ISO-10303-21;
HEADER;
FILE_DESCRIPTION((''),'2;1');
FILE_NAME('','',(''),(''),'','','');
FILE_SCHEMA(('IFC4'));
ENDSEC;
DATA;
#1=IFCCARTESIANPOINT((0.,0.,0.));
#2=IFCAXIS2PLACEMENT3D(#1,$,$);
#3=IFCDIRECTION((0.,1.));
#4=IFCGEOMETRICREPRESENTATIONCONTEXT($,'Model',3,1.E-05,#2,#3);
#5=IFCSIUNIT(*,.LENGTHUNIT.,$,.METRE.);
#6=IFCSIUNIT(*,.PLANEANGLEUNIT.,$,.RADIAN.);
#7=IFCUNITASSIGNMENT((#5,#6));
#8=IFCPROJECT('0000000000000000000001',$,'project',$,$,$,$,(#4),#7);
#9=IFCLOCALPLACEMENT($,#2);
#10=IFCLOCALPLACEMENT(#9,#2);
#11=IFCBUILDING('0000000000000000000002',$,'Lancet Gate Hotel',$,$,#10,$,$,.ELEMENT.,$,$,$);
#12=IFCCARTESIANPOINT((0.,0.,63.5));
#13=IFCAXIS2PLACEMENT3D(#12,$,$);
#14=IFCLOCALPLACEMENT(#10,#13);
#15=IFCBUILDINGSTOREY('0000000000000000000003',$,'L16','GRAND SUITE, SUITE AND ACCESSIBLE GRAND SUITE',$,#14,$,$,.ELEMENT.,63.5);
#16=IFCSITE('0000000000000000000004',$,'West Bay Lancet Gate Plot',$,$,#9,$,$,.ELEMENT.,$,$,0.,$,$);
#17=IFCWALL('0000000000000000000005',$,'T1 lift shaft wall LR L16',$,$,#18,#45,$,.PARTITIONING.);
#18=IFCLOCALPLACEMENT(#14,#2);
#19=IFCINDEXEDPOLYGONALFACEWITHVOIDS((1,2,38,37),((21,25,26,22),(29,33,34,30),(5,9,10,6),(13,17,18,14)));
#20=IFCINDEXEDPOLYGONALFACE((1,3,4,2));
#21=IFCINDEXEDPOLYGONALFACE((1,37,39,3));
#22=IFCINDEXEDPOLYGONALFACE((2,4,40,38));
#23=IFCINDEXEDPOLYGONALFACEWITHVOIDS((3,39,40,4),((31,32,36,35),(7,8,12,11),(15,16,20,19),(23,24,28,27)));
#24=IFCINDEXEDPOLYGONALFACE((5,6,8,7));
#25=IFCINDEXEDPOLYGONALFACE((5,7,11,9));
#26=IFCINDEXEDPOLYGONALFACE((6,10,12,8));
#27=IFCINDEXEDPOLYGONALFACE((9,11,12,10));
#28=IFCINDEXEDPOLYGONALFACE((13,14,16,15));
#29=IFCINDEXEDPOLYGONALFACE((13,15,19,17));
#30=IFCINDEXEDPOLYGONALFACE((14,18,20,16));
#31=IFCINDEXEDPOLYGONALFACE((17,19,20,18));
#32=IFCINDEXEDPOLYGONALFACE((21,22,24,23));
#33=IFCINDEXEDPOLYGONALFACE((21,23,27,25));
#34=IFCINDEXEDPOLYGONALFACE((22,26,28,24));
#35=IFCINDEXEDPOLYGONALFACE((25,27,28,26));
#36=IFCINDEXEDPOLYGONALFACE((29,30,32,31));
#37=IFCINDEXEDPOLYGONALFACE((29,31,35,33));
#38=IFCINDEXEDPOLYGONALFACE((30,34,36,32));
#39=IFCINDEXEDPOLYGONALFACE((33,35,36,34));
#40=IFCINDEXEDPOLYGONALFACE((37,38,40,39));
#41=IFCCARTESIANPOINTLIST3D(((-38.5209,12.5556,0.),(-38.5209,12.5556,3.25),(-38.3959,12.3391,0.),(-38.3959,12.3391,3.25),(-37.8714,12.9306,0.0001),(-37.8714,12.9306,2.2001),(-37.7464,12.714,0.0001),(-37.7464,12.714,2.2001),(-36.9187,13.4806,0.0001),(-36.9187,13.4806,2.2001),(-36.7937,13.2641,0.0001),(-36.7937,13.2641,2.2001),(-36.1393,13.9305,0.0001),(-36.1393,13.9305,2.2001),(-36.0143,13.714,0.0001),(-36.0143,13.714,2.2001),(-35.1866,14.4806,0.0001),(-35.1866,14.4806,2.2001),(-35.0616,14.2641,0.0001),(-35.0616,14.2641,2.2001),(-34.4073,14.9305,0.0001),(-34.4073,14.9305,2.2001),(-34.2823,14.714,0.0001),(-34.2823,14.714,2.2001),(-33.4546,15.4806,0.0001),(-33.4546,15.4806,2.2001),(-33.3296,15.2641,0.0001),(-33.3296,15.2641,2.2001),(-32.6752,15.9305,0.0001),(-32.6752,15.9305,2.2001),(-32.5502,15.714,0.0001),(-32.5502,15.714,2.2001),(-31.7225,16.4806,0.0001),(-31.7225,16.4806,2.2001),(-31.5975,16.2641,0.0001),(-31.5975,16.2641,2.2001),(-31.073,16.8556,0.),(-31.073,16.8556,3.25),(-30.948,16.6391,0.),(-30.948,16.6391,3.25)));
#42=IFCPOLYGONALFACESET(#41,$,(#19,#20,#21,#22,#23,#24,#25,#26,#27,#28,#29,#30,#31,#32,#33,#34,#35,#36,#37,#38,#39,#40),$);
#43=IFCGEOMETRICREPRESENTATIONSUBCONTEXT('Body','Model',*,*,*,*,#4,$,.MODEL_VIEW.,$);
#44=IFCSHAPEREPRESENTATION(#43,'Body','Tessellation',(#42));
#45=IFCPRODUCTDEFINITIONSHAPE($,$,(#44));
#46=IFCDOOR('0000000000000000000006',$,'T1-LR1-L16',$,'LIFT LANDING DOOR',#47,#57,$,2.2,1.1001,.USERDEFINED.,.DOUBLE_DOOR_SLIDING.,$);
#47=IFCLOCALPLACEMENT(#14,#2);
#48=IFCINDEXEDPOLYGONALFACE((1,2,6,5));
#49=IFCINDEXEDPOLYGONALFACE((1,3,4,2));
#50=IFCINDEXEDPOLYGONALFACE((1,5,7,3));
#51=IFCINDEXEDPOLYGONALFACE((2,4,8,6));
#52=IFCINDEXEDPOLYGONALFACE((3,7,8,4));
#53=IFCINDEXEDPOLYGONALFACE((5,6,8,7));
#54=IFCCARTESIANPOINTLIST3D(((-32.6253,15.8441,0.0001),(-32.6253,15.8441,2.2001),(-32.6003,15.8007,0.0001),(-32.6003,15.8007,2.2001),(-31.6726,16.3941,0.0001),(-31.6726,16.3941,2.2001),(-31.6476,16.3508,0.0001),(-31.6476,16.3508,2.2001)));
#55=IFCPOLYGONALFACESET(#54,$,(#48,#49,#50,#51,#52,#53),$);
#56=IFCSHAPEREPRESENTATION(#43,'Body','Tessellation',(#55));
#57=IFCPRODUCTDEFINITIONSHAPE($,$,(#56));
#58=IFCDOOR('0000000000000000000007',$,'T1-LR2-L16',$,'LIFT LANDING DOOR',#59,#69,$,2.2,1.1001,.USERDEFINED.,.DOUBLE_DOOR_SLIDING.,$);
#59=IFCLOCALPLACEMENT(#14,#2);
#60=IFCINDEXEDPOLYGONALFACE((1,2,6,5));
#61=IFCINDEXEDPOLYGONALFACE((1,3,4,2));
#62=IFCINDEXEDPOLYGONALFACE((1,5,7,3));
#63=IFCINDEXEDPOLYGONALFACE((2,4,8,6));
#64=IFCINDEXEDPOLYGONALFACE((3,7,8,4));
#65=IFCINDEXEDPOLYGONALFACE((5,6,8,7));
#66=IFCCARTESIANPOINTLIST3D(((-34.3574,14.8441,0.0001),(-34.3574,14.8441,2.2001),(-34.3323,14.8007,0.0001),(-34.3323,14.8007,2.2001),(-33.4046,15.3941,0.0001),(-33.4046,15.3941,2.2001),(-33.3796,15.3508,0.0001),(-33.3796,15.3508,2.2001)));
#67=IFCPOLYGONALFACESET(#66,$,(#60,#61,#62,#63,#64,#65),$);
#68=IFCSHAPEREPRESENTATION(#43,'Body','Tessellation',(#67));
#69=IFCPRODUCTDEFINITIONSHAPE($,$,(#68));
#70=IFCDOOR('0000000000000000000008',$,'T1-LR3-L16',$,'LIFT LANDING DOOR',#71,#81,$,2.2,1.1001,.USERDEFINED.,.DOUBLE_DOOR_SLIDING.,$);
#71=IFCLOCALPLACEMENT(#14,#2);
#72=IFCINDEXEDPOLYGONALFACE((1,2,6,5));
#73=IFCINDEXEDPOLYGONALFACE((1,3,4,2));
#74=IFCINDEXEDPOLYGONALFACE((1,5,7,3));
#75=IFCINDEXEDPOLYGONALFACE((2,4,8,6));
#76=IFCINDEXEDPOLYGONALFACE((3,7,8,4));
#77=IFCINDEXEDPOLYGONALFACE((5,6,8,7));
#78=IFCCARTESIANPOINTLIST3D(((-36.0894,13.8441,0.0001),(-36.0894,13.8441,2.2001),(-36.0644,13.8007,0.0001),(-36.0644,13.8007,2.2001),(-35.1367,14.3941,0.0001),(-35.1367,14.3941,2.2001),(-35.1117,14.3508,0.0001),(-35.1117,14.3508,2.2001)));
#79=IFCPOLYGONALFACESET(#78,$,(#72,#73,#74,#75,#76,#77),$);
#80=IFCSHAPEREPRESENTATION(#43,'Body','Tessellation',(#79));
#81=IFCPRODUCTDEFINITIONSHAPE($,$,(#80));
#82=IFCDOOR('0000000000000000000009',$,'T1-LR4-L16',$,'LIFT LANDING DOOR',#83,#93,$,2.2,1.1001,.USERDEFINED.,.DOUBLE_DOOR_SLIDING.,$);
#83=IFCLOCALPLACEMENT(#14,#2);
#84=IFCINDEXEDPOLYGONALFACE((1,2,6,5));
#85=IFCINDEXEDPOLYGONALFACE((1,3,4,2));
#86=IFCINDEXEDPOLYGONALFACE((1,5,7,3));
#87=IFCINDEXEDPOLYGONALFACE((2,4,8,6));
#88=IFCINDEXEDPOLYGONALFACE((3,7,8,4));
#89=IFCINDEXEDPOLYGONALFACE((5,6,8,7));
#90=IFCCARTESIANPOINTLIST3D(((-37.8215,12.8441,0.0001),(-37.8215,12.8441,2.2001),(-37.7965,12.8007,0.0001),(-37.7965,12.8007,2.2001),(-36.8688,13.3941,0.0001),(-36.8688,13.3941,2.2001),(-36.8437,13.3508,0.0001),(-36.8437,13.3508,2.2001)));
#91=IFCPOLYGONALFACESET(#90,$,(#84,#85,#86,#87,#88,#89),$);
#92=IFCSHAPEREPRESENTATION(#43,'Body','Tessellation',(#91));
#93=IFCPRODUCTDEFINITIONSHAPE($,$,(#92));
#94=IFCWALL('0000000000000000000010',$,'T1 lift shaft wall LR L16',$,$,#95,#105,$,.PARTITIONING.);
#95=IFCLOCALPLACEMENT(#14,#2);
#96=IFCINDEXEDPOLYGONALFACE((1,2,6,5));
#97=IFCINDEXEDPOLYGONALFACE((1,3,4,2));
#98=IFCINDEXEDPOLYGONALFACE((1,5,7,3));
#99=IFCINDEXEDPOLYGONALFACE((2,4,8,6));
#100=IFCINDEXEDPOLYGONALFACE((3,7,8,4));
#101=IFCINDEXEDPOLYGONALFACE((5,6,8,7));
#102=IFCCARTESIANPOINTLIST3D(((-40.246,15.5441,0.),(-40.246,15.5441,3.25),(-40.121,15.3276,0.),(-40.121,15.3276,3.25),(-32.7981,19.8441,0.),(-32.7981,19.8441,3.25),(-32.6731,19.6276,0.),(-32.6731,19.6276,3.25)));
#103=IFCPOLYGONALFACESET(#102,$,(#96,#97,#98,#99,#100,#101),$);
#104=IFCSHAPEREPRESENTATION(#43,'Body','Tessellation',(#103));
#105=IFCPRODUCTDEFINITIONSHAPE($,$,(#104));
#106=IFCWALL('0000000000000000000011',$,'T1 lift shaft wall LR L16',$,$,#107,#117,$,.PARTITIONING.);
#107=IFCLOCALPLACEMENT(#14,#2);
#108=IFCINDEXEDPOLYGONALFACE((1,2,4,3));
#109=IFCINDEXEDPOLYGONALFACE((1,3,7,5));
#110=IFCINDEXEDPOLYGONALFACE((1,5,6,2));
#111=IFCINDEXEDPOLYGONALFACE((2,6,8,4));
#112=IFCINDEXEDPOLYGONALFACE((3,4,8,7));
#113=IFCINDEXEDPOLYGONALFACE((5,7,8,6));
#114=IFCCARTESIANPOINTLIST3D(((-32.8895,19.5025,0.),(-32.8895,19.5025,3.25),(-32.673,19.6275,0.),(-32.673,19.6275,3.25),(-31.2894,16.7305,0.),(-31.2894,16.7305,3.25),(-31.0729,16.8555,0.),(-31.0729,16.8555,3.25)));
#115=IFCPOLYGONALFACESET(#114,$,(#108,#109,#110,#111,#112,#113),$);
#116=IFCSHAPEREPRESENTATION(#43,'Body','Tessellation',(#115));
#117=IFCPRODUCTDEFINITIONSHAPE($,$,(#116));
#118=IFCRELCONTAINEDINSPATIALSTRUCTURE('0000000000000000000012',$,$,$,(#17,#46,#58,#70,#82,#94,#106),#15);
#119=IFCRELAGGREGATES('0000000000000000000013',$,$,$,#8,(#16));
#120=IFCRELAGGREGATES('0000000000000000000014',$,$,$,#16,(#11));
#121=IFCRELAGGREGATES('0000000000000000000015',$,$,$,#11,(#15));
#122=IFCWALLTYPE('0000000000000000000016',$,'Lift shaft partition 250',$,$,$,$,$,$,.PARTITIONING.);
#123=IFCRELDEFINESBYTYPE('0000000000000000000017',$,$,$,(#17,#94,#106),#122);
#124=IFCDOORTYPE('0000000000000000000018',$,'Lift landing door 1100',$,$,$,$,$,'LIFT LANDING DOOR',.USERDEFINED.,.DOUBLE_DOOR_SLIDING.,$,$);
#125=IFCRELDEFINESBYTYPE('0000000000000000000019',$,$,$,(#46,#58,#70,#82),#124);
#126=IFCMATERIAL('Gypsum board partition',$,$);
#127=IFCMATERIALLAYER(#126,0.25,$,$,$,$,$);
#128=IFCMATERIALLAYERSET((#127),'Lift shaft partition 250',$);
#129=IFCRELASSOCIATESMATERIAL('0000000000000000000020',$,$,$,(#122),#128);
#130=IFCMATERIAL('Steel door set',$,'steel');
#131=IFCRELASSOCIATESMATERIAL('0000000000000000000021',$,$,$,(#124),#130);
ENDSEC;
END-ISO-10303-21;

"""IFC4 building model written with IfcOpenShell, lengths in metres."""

from ifc_helpers import new_model, si_unit, direction, frame, frame_2d, origin, place, context, subcontext, project, spatial, rectangle, extrude, material, layer, layer_set, type_object, element, fill, save


model = new_model("IFC4")

# Units and contexts
model_context = context("Model", 3, precision=1e-05, world=origin(), true_north=direction((0.0, 1.0)))
body_context = subcontext(model_context, "Body", "Model", "MODEL_VIEW")
ifc_project = project(units=[si_unit("LENGTHUNIT", "METRE"), si_unit("PLANEANGLEUNIT", "RADIAN")], contexts=[model_context])

# Site, building, storey
site_placement = place(None, origin())
site = spatial("IfcSite", under=ifc_project, at=site_placement, Name="West Bay Lancet Gate Plot", CompositionType="ELEMENT", RefElevation=0.0)
building_placement = place(site_placement, origin())
building = spatial("IfcBuilding", under=site, at=building_placement, Name="Lancet Gate Hotel", CompositionType="ELEMENT")
storey_placement = place(building_placement, frame((0.0, 0.0, 63.5)))
storey = spatial("IfcBuildingStorey", under=building, at=storey_placement, Name="L16", Description="GRAND SUITE, SUITE AND ACCESSIBLE GRAND SUITE", CompositionType="ELEMENT", Elevation=63.5)

# Wall, openings, doors
ifc_material_1 = material(Name="Gypsum board partition")
ifc_layer_1 = layer(ifc_material_1, 0.25)
ifc_layer_set_1 = layer_set([ifc_layer_1], Name="Lift shaft partition 250")
wall_type = type_object("IfcWallType", Name="Lift shaft partition 250", PredefinedType="PARTITIONING", material=ifc_layer_set_1)
wall_1_placement = place(storey_placement, frame((-31.0105, 16.7473, 0.0), z_axis=(0.0, 0.0, 1.0), x_axis=(-0.866028, -0.499995, 0.0)))
wall_1 = element("IfcWall", 1, at=wall_1_placement, inside=storey, type_object=wall_type, Name="T1 lift shaft wall LR L16", PredefinedType="PARTITIONING", context=body_context, shape_type="SweptSolid", body=[
    extrude(rectangle(XDim=8.6001, YDim=0.25, at=frame_2d((4.3, 0.0))), origin(), (0.0, 0.0, 1.0), 3.25),
])
opening_1_placement = place(wall_1_placement, frame((0.75, 0.0, 0.0)))
opening_1 = element("IfcOpeningElement", 2, at=opening_1_placement, cuts=wall_1, PredefinedType="OPENING", context=body_context, shape_type="SweptSolid", body=[
    extrude(rectangle(XDim=1.1001, YDim=2.2, at=frame_2d((0.55, 1.1001))), frame((0.0, 0.135, 0.0), z_axis=(0.0, -1.0, 0.0), x_axis=(1.0, 0.0, 0.0)), (0.0, 0.0, 1.0), 0.27),
])
opening_2_placement = place(wall_1_placement, frame((2.75, 0.0, 0.0)))
opening_2 = element("IfcOpeningElement", 3, at=opening_2_placement, cuts=wall_1, PredefinedType="OPENING", context=body_context, shape_type="SweptSolid", body=[
    extrude(rectangle(XDim=1.1001, YDim=2.2, at=frame_2d((0.55, 1.1001))), frame((0.0, 0.135, 0.0), z_axis=(0.0, -1.0, 0.0), x_axis=(1.0, 0.0, 0.0)), (0.0, 0.0, 1.0), 0.27),
])
opening_3_placement = place(wall_1_placement, frame((4.75, 0.0, 0.0)))
opening_3 = element("IfcOpeningElement", 4, at=opening_3_placement, cuts=wall_1, PredefinedType="OPENING", context=body_context, shape_type="SweptSolid", body=[
    extrude(rectangle(XDim=1.1001, YDim=2.2, at=frame_2d((0.55, 1.1001))), frame((0.0, 0.135, 0.0), z_axis=(0.0, -1.0, 0.0), x_axis=(1.0, 0.0, 0.0)), (0.0, 0.0, 1.0), 0.27),
])
opening_4_placement = place(wall_1_placement, frame((6.75, 0.0, 0.0)))
opening_4 = element("IfcOpeningElement", 5, at=opening_4_placement, cuts=wall_1, PredefinedType="OPENING", context=body_context, shape_type="SweptSolid", body=[
    extrude(rectangle(XDim=1.1001, YDim=2.2, at=frame_2d((0.55, 1.1001))), frame((0.0, 0.135, 0.0), z_axis=(0.0, -1.0, 0.0), x_axis=(1.0, 0.0, 0.0)), (0.0, 0.0, 1.0), 0.27),
])
ifc_material_2 = material(Name="Steel door set", Category="steel")
door_type = type_object("IfcDoorType", Name="Lift landing door 1100", ElementType="LIFT LANDING DOOR", OperationType="DOUBLE_DOOR_SLIDING", PredefinedType="USERDEFINED", material=ifc_material_2)
door_1_placement = place(opening_1_placement, origin())
door_1 = element("IfcDoor", 6, at=door_1_placement, inside=storey, type_object=door_type, Name="T1-LR1-L16", ObjectType="LIFT LANDING DOOR", OperationType="DOUBLE_DOOR_SLIDING", OverallHeight=2.2, OverallWidth=1.1001, PredefinedType="USERDEFINED", context=body_context, shape_type="SweptSolid", body=[
    extrude(rectangle(XDim=1.1001, YDim=2.2, at=frame_2d((0.55, 1.1001))), frame((0.0, 0.0249, 0.0), z_axis=(0.0, -1.0, 0.0), x_axis=(1.0, 0.0, 0.0)), (0.0, 0.0, 1.0), 0.05),
])
fill(opening_1, door_1)
door_2_placement = place(opening_2_placement, origin())
door_2 = element("IfcDoor", 7, at=door_2_placement, inside=storey, type_object=door_type, Name="T1-LR2-L16", ObjectType="LIFT LANDING DOOR", OperationType="DOUBLE_DOOR_SLIDING", OverallHeight=2.2, OverallWidth=1.1001, PredefinedType="USERDEFINED", context=body_context, shape_type="SweptSolid", body=[
    extrude(rectangle(XDim=1.1001, YDim=2.2, at=frame_2d((0.55, 1.1001))), frame((0.0, 0.0249, 0.0), z_axis=(0.0, -1.0, 0.0), x_axis=(1.0, 0.0, 0.0)), (0.0, 0.0, 1.0), 0.05),
])
fill(opening_2, door_2)
door_3_placement = place(opening_3_placement, origin())
door_3 = element("IfcDoor", 8, at=door_3_placement, inside=storey, type_object=door_type, Name="T1-LR3-L16", ObjectType="LIFT LANDING DOOR", OperationType="DOUBLE_DOOR_SLIDING", OverallHeight=2.2, OverallWidth=1.1001, PredefinedType="USERDEFINED", context=body_context, shape_type="SweptSolid", body=[
    extrude(rectangle(XDim=1.1001, YDim=2.2, at=frame_2d((0.55, 1.1001))), frame((0.0, 0.0249, 0.0), z_axis=(0.0, -1.0, 0.0), x_axis=(1.0, 0.0, 0.0)), (0.0, 0.0, 1.0), 0.05),
])
fill(opening_3, door_3)
door_4_placement = place(opening_4_placement, origin())
door_4 = element("IfcDoor", 9, at=door_4_placement, inside=storey, type_object=door_type, Name="T1-LR4-L16", ObjectType="LIFT LANDING DOOR", OperationType="DOUBLE_DOOR_SLIDING", OverallHeight=2.2, OverallWidth=1.1001, PredefinedType="USERDEFINED", context=body_context, shape_type="SweptSolid", body=[
    extrude(rectangle(XDim=1.1001, YDim=2.2, at=frame_2d((0.55, 1.1001))), frame((0.0, 0.0249, 0.0), z_axis=(0.0, -1.0, 0.0), x_axis=(1.0, 0.0, 0.0)), (0.0, 0.0, 1.0), 0.05),
])
fill(opening_4, door_4)

# Walls
wall_2_placement = place(storey_placement, frame((-32.7356, 19.7358, 0.0), z_axis=(0.0, 0.0, 1.0), x_axis=(-0.866028, -0.499995, 0.0)))
element("IfcWall", 10, at=wall_2_placement, inside=storey, type_object=wall_type, Name="T1 lift shaft wall LR L16", PredefinedType="PARTITIONING", context=body_context, shape_type="SweptSolid", body=[
    extrude(rectangle(XDim=8.6001, YDim=0.25, at=frame_2d((4.3, 0.0))), origin(), (0.0, 0.0, 1.0), 3.25),
])
wall_3_placement = place(storey_placement, frame((-31.1812, 16.793, 0.0), z_axis=(0.0, 0.0, 1.0), x_axis=(-0.499929, 0.866066, 0.0)))
element("IfcWall", 11, at=wall_3_placement, inside=storey, type_object=wall_type, Name="T1 lift shaft wall LR L16", PredefinedType="PARTITIONING", context=body_context, shape_type="SweptSolid", body=[
    extrude(rectangle(XDim=3.2007, YDim=0.25, at=frame_2d((1.6003, 0.0))), origin(), (0.0, 0.0, 1.0), 3.25),
])

save(model, "model.ifc")
